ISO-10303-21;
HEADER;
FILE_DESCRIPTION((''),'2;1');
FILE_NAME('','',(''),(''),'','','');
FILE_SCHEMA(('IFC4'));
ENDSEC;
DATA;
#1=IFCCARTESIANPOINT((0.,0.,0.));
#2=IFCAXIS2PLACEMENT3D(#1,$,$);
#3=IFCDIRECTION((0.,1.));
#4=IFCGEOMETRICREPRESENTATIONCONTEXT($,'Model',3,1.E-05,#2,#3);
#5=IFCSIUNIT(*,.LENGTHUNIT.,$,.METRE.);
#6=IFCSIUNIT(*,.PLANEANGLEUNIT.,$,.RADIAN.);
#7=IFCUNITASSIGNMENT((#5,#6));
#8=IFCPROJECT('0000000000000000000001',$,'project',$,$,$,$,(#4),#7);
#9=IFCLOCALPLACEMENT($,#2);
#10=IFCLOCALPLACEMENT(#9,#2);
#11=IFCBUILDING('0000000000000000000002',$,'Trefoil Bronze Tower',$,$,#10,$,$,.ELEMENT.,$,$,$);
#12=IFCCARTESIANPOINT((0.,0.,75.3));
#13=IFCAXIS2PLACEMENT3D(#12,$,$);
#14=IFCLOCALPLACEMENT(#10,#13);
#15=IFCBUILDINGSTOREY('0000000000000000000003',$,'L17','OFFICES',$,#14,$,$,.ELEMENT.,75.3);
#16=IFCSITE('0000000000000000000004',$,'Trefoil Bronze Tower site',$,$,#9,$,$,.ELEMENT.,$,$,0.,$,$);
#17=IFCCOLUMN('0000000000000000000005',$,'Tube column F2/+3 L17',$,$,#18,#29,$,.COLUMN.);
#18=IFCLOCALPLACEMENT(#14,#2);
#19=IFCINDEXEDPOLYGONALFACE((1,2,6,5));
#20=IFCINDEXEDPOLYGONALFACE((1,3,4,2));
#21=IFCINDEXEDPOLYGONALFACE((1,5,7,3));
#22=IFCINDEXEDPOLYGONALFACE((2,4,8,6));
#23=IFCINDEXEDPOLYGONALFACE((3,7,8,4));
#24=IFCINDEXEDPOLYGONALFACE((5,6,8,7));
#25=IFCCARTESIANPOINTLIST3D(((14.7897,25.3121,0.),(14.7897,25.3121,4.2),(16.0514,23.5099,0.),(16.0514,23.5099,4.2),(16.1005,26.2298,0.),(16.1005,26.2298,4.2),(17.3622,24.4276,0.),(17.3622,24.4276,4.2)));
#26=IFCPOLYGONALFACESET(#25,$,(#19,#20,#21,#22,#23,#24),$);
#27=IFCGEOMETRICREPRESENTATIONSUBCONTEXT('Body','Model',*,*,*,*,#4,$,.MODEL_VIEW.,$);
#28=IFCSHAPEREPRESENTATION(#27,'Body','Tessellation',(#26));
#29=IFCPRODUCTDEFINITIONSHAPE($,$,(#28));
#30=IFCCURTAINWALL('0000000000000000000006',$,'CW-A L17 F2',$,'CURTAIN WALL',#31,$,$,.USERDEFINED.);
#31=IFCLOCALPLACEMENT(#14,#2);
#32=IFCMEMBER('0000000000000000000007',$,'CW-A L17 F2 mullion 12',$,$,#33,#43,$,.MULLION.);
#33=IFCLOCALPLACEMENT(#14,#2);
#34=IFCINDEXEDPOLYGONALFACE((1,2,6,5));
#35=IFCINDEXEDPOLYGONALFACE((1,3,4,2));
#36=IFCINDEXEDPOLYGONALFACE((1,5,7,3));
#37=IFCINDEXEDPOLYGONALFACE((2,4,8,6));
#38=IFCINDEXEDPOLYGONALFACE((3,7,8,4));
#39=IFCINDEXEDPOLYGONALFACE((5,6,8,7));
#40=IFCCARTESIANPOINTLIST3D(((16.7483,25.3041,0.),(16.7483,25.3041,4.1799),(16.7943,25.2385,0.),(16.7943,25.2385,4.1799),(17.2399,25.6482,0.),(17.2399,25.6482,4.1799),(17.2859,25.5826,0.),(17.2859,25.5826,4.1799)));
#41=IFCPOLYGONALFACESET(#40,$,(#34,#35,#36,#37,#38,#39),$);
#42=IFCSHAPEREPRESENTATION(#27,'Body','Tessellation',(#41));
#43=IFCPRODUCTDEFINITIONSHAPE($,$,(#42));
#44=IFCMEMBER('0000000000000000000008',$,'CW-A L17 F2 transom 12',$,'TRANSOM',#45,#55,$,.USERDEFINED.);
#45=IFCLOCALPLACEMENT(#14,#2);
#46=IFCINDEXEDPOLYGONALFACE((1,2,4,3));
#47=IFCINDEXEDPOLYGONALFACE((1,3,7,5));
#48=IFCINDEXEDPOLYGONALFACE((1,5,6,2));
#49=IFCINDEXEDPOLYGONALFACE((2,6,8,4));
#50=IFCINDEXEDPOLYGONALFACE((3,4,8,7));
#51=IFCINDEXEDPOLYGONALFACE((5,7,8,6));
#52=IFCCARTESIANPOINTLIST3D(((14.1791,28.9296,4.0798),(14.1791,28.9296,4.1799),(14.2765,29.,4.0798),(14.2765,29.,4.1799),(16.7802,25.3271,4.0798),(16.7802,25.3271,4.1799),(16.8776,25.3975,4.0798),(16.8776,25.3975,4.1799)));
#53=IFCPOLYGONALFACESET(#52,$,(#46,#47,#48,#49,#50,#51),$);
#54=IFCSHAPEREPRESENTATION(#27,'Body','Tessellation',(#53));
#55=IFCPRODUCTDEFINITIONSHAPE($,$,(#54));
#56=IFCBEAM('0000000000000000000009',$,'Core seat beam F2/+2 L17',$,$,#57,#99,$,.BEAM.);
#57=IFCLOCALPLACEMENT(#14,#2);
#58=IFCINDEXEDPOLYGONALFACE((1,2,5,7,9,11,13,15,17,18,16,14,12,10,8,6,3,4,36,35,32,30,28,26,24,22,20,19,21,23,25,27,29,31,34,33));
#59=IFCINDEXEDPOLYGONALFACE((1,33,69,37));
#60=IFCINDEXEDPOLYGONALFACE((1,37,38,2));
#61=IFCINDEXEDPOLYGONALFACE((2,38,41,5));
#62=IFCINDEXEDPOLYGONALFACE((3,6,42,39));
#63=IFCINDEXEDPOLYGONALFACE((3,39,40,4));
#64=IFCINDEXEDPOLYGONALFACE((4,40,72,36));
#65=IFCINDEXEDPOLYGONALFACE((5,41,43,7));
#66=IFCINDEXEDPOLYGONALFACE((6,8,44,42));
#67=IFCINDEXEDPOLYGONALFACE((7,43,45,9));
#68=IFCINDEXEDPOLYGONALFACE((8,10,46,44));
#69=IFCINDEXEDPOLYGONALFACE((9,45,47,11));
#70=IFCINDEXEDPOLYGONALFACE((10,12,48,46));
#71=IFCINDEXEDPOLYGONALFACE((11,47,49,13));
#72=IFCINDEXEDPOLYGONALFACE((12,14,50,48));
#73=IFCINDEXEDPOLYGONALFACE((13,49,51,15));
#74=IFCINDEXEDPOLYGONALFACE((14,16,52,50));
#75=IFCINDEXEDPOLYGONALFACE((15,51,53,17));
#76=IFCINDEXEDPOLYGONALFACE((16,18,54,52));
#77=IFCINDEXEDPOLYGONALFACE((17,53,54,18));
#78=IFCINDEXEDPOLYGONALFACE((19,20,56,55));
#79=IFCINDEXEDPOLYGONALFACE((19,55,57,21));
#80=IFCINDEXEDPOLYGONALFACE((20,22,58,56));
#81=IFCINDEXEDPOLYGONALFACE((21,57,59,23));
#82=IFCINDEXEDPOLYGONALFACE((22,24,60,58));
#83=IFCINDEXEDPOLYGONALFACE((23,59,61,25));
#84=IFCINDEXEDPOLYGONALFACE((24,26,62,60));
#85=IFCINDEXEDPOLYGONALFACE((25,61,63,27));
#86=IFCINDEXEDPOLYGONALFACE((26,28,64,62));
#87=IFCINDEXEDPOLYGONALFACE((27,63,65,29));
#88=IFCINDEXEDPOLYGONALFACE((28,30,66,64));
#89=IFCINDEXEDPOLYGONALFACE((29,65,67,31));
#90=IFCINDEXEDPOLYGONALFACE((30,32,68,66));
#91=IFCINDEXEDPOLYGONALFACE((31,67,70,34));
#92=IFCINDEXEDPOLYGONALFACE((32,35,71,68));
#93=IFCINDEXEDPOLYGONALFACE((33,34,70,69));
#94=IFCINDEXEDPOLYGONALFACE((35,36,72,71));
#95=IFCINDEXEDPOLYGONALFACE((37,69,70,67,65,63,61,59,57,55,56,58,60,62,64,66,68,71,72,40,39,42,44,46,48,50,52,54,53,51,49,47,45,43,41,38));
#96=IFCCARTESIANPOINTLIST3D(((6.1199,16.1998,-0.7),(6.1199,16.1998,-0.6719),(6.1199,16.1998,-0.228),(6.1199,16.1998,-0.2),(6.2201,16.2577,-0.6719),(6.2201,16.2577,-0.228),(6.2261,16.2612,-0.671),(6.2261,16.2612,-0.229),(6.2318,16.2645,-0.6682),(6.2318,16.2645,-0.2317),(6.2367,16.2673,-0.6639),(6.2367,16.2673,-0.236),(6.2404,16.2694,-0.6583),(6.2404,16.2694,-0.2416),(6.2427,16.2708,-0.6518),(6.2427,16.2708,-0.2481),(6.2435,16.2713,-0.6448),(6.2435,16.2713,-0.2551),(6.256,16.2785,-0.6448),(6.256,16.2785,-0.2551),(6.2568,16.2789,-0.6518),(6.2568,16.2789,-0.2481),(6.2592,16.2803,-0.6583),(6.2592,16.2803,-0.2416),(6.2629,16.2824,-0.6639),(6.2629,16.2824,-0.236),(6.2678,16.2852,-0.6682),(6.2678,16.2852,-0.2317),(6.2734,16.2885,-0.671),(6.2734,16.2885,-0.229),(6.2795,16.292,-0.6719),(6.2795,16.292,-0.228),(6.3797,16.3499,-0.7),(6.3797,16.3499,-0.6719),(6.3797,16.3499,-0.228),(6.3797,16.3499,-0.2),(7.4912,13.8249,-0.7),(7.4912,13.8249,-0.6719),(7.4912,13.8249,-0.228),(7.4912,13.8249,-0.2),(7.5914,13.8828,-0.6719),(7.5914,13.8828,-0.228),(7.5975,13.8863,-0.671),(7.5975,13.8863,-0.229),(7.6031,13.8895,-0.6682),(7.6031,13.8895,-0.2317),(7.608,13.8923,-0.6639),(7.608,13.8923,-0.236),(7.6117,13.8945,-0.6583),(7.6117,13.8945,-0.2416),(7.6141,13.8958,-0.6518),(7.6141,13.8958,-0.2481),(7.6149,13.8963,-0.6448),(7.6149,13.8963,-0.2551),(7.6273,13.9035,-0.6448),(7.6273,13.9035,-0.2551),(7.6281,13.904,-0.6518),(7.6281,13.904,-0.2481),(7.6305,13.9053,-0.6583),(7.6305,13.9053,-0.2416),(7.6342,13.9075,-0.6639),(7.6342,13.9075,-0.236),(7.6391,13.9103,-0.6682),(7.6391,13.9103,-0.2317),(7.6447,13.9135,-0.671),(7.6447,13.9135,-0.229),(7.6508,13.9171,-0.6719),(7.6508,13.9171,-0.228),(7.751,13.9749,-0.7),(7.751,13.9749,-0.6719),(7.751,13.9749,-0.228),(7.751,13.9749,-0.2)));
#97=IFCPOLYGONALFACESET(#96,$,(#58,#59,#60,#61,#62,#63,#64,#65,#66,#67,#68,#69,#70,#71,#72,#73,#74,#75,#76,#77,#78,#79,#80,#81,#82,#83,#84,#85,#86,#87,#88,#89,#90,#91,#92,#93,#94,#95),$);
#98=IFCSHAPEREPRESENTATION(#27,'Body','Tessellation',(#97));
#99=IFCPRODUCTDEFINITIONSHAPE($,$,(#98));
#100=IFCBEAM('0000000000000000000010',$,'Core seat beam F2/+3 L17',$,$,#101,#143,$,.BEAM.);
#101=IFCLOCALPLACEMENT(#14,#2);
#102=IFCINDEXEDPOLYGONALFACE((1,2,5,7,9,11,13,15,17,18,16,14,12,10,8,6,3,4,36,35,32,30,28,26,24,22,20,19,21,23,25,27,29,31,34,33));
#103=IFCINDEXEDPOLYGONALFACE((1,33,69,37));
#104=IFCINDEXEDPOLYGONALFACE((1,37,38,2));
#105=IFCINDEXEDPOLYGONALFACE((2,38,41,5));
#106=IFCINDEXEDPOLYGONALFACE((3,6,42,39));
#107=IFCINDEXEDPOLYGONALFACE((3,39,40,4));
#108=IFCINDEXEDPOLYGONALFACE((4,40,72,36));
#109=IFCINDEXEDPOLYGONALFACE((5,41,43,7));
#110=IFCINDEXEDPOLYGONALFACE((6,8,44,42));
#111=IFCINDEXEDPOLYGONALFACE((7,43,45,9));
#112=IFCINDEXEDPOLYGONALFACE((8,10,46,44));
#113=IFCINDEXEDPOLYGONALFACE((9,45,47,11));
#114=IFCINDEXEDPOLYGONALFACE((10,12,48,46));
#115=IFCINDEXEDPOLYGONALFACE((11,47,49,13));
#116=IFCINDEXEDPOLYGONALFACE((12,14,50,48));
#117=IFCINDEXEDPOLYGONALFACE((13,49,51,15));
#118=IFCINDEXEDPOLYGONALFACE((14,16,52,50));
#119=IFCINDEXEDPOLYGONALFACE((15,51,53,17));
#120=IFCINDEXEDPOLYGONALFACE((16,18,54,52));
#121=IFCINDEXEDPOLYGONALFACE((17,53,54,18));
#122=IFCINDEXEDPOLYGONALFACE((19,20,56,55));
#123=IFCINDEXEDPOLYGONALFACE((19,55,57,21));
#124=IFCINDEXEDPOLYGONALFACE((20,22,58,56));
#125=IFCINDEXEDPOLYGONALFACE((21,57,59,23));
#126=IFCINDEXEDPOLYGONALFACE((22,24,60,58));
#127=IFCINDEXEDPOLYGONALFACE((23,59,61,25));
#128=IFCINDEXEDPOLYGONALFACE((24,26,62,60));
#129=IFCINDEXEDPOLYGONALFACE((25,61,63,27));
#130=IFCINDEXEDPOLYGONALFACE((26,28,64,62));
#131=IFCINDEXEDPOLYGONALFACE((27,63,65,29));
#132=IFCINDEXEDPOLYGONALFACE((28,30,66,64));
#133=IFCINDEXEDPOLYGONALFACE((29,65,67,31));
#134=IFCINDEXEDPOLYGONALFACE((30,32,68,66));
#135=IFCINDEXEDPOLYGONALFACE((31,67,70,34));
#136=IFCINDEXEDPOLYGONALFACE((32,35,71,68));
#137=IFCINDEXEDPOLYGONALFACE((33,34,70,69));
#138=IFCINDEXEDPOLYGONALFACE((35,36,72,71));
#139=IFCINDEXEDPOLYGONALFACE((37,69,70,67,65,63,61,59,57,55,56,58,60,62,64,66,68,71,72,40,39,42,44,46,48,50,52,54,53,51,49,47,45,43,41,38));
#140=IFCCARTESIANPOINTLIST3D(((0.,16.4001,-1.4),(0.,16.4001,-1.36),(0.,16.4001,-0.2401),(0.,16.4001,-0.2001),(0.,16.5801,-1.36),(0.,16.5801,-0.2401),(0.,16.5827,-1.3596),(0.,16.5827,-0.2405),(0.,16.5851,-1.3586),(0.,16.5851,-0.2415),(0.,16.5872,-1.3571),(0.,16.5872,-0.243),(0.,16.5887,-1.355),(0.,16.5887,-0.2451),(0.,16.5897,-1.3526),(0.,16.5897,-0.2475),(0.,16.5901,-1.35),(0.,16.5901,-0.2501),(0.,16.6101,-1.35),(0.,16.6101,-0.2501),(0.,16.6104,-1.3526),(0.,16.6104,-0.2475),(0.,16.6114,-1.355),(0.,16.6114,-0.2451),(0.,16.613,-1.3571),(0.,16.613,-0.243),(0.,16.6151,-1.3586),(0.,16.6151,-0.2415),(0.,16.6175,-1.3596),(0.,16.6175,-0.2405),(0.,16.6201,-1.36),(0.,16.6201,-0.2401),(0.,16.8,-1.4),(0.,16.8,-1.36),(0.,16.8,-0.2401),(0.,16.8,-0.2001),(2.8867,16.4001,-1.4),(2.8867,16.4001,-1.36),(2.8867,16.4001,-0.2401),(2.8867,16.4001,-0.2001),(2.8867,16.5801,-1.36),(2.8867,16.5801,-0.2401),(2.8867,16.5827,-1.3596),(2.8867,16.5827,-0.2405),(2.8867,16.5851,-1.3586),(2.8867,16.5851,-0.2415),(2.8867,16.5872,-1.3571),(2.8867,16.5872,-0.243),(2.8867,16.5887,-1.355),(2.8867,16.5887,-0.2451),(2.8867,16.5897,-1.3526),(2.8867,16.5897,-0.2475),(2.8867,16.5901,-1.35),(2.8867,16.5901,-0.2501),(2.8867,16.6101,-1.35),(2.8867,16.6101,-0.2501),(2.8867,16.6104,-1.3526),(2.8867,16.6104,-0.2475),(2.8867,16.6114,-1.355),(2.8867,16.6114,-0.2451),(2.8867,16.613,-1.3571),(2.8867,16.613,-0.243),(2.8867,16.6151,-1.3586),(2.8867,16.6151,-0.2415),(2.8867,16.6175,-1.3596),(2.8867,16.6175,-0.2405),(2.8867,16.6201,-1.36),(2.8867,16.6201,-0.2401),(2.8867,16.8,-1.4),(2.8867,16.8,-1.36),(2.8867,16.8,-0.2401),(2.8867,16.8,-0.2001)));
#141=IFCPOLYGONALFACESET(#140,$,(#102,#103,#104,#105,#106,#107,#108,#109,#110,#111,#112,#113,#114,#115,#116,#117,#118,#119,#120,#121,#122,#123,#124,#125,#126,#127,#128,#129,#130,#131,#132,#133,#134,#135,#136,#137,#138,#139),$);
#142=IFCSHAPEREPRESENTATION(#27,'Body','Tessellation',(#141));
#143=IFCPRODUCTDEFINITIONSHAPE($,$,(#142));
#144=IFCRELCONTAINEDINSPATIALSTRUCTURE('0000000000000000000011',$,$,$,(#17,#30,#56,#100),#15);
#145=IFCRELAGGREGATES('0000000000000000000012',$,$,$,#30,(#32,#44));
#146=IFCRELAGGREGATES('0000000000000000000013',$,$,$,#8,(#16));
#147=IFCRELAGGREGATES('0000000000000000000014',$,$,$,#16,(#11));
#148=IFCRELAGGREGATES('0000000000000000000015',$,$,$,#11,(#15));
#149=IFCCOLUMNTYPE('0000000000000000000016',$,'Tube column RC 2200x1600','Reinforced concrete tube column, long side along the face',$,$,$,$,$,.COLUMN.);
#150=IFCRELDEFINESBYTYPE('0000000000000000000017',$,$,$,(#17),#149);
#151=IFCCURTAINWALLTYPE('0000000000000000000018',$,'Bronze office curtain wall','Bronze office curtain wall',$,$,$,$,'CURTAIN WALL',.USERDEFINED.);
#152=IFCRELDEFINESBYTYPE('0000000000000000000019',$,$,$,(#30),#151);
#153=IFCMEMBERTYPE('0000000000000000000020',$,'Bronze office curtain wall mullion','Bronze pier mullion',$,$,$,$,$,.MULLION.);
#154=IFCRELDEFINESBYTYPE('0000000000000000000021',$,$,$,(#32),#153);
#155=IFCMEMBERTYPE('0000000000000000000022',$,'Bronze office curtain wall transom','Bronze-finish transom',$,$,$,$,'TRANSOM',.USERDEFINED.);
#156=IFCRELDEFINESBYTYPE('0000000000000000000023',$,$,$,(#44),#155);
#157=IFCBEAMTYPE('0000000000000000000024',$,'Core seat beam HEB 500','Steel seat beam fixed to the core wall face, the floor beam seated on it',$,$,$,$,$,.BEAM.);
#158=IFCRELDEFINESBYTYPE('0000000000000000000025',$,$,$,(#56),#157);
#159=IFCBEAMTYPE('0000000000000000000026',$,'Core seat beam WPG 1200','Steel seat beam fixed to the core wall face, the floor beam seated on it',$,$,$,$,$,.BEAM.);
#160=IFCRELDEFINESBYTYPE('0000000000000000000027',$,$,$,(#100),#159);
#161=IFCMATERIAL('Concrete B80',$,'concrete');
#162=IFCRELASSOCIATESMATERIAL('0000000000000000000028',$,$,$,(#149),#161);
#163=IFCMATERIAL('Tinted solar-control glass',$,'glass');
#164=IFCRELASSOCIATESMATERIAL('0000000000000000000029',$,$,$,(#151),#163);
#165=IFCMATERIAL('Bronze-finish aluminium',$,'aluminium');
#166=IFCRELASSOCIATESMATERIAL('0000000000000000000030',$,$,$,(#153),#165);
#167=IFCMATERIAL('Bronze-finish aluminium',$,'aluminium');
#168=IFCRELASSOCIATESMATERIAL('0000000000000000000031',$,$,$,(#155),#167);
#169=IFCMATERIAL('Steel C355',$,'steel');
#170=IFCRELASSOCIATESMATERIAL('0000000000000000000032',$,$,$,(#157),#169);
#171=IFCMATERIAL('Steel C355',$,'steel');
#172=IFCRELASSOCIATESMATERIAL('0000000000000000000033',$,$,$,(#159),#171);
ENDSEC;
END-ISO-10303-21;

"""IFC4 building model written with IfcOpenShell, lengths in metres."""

from ifc_helpers import new_model, si_unit, direction, frame, origin, origin_2d, place, context, subcontext, project, spatial, rectangle, i_section, extrude, material, material_profile, profile_set, type_object, element, aggregate, save


model = new_model("IFC4")

# Units and contexts
model_context = context("Model", 3, precision=1e-05, world=origin(), true_north=direction((0.0, 1.0)))
body_context = subcontext(model_context, "Body", "Model", "MODEL_VIEW")
ifc_project = project(units=[si_unit("LENGTHUNIT", "METRE"), si_unit("PLANEANGLEUNIT", "RADIAN")], contexts=[model_context])

# Site, building, storey
site_placement = place(None, origin())
site = spatial("IfcSite", under=ifc_project, at=site_placement, Name="Trefoil Bronze Tower site", CompositionType="ELEMENT", RefElevation=0.0)
building_placement = place(site_placement, origin())
building = spatial("IfcBuilding", under=site, at=building_placement, Name="Trefoil Bronze Tower", CompositionType="ELEMENT")
storey_placement = place(building_placement, frame((0.0, 0.0, 75.3)))
storey = spatial("IfcBuildingStorey", under=building, at=storey_placement, Name="L17", Description="OFFICES", CompositionType="ELEMENT", Elevation=75.3)

# Column
ifc_material_1 = material(Name="Concrete B80", Category="concrete")
ifc_material_profile_1 = material_profile(ifc_material_1, rectangle(XDim=2.2, YDim=1.6001, at=origin_2d()), Name="RC 2200x1600")
ifc_profile_set_1 = profile_set([ifc_material_profile_1], Name="Concrete B80")
column_type = type_object("IfcColumnType", Name="Tube column RC 2200x1600", Description="Reinforced concrete tube column, long side along the face", PredefinedType="COLUMN", material=ifc_profile_set_1)
column_placement = place(storey_placement, frame((16.0759, 24.8699, 0.0), z_axis=(0.0, 0.0, 1.0), x_axis=(-0.573502, 0.819204, 0.0)))
element("IfcColumn", 1, at=column_placement, inside=storey, type_object=column_type, Name="Tube column F2/+3 L17", PredefinedType="COLUMN", context=body_context, shape_type="SweptSolid", body=[
    extrude(rectangle(XDim=2.2, YDim=1.6001, at=origin_2d()), origin(), (0.0, 0.0, 1.0), 4.2),
])

# Curtain wall, members
ifc_material_2 = material(Name="Tinted solar-control glass", Category="glass")
curtain_wall_type = type_object("IfcCurtainWallType", Name="Bronze office curtain wall", Description="Bronze office curtain wall", ElementType="CURTAIN WALL", PredefinedType="USERDEFINED", material=ifc_material_2)
curtain_wall_placement = place(storey_placement, origin())
curtain_wall = element("IfcCurtainWall", 2, at=curtain_wall_placement, inside=storey, type_object=curtain_wall_type, Name="CW-A L17 F2", ObjectType="CURTAIN WALL", PredefinedType="USERDEFINED")
ifc_material_3 = material(Name="Bronze-finish aluminium", Category="aluminium")
ifc_material_profile_2 = material_profile(ifc_material_3, rectangle(XDim=0.6001, YDim=0.0801, at=origin_2d()), Name="CW-A mullion")
ifc_profile_set_2 = profile_set([ifc_material_profile_2], Name="Bronze-finish aluminium")
member_type_1 = type_object("IfcMemberType", Name="Bronze office curtain wall mullion", Description="Bronze pier mullion", PredefinedType="MULLION", material=ifc_profile_set_2)
member_1_placement = place(storey_placement, frame((17.0171, 25.4434, 0.0), z_axis=(0.0, 0.0, 1.0), x_axis=(-0.819204, -0.573502, 0.0)))
member_1 = element("IfcMember", 3, at=member_1_placement, type_object=member_type_1, Name="CW-A L17 F2 mullion 12", PredefinedType="MULLION", context=body_context, shape_type="SweptSolid", body=[
    extrude(rectangle(XDim=0.6001, YDim=0.0801, at=origin_2d()), origin(), (0.0, 0.0, 1.0), 4.1799),
])
ifc_material_4 = material(Name="Bronze-finish aluminium", Category="aluminium")
ifc_material_profile_3 = material_profile(ifc_material_4, rectangle(XDim=0.1201, YDim=0.1001, at=origin_2d()), Name="CW-A transom")
ifc_profile_set_3 = profile_set([ifc_material_profile_3], Name="Bronze-finish aluminium")
member_type_2 = type_object("IfcMemberType", Name="Bronze office curtain wall transom", Description="Bronze-finish transom", ElementType="TRANSOM", PredefinedType="USERDEFINED", material=ifc_profile_set_3)
member_2_placement = place(storey_placement, frame((16.8289, 25.3623, 4.1299), z_axis=(-0.585378, 0.81076, 0.0), x_axis=(-0.81076, -0.585378, 0.0)))
member_2 = element("IfcMember", 4, at=member_2_placement, type_object=member_type_2, Name="CW-A L17 F2 transom 12", ObjectType="TRANSOM", PredefinedType="USERDEFINED", context=body_context, shape_type="SweptSolid", body=[
    extrude(rectangle(XDim=0.1201, YDim=0.1001, at=origin_2d()), origin(), (0.0, 0.0, 1.0), 4.4434),
])

# Beams
ifc_material_5 = material(Name="Steel C355", Category="steel")
ifc_material_profile_4 = material_profile(ifc_material_5, i_section(OverallWidth=0.3, OverallDepth=0.5, WebThickness=0.0144, FlangeThickness=0.0281, FilletRadius=0.0271, at=origin_2d()), Name="HEB 500")
ifc_profile_set_4 = profile_set([ifc_material_profile_4], Name="Steel C355")
beam_type_1 = type_object("IfcBeamType", Name="Core seat beam HEB 500", Description="Steel seat beam fixed to the core wall face, the floor beam seated on it", PredefinedType="BEAM", material=ifc_profile_set_4)
beam_1_placement = place(storey_placement, frame((7.6211, 13.8999, -0.45), z_axis=(-0.500036, 0.866005, 0.0), x_axis=(-0.866005, -0.500036, 0.0)))
element("IfcBeam", 5, at=beam_1_placement, inside=storey, type_object=beam_type_1, Name="Core seat beam F2/+2 L17", PredefinedType="BEAM", context=body_context, shape_type="SweptSolid", body=[
    extrude(i_section(OverallWidth=0.3, OverallDepth=0.5, WebThickness=0.0144, FlangeThickness=0.0281, FilletRadius=0.0271, at=origin_2d()), origin(), (0.0, 0.0, 1.0), 2.7424),
])
ifc_material_6 = material(Name="Steel C355", Category="steel")
ifc_material_profile_5 = material_profile(ifc_material_6, i_section(OverallWidth=0.3999, OverallDepth=1.2, WebThickness=0.02, FlangeThickness=0.04, FilletRadius=0.01, at=origin_2d()), Name="WPG 1200")
ifc_profile_set_5 = profile_set([ifc_material_profile_5], Name="Steel C355")
beam_type_2 = type_object("IfcBeamType", Name="Core seat beam WPG 1200", Description="Steel seat beam fixed to the core wall face, the floor beam seated on it", PredefinedType="BEAM", material=ifc_profile_set_5)
beam_2_placement = place(storey_placement, frame((2.8867, 16.6001, -0.8), z_axis=(-1.0, 0.0, 0.0), x_axis=(0.0, -1.0, 0.0)))
element("IfcBeam", 6, at=beam_2_placement, inside=storey, type_object=beam_type_2, Name="Core seat beam F2/+3 L17", PredefinedType="BEAM", context=body_context, shape_type="SweptSolid", body=[
    extrude(i_section(OverallWidth=0.3999, OverallDepth=1.2, WebThickness=0.02, FlangeThickness=0.04, FilletRadius=0.01, at=origin_2d()), origin(), (0.0, 0.0, 1.0), 2.8867),
])

aggregate(curtain_wall, [member_1, member_2])

save(model, "model.ifc")
